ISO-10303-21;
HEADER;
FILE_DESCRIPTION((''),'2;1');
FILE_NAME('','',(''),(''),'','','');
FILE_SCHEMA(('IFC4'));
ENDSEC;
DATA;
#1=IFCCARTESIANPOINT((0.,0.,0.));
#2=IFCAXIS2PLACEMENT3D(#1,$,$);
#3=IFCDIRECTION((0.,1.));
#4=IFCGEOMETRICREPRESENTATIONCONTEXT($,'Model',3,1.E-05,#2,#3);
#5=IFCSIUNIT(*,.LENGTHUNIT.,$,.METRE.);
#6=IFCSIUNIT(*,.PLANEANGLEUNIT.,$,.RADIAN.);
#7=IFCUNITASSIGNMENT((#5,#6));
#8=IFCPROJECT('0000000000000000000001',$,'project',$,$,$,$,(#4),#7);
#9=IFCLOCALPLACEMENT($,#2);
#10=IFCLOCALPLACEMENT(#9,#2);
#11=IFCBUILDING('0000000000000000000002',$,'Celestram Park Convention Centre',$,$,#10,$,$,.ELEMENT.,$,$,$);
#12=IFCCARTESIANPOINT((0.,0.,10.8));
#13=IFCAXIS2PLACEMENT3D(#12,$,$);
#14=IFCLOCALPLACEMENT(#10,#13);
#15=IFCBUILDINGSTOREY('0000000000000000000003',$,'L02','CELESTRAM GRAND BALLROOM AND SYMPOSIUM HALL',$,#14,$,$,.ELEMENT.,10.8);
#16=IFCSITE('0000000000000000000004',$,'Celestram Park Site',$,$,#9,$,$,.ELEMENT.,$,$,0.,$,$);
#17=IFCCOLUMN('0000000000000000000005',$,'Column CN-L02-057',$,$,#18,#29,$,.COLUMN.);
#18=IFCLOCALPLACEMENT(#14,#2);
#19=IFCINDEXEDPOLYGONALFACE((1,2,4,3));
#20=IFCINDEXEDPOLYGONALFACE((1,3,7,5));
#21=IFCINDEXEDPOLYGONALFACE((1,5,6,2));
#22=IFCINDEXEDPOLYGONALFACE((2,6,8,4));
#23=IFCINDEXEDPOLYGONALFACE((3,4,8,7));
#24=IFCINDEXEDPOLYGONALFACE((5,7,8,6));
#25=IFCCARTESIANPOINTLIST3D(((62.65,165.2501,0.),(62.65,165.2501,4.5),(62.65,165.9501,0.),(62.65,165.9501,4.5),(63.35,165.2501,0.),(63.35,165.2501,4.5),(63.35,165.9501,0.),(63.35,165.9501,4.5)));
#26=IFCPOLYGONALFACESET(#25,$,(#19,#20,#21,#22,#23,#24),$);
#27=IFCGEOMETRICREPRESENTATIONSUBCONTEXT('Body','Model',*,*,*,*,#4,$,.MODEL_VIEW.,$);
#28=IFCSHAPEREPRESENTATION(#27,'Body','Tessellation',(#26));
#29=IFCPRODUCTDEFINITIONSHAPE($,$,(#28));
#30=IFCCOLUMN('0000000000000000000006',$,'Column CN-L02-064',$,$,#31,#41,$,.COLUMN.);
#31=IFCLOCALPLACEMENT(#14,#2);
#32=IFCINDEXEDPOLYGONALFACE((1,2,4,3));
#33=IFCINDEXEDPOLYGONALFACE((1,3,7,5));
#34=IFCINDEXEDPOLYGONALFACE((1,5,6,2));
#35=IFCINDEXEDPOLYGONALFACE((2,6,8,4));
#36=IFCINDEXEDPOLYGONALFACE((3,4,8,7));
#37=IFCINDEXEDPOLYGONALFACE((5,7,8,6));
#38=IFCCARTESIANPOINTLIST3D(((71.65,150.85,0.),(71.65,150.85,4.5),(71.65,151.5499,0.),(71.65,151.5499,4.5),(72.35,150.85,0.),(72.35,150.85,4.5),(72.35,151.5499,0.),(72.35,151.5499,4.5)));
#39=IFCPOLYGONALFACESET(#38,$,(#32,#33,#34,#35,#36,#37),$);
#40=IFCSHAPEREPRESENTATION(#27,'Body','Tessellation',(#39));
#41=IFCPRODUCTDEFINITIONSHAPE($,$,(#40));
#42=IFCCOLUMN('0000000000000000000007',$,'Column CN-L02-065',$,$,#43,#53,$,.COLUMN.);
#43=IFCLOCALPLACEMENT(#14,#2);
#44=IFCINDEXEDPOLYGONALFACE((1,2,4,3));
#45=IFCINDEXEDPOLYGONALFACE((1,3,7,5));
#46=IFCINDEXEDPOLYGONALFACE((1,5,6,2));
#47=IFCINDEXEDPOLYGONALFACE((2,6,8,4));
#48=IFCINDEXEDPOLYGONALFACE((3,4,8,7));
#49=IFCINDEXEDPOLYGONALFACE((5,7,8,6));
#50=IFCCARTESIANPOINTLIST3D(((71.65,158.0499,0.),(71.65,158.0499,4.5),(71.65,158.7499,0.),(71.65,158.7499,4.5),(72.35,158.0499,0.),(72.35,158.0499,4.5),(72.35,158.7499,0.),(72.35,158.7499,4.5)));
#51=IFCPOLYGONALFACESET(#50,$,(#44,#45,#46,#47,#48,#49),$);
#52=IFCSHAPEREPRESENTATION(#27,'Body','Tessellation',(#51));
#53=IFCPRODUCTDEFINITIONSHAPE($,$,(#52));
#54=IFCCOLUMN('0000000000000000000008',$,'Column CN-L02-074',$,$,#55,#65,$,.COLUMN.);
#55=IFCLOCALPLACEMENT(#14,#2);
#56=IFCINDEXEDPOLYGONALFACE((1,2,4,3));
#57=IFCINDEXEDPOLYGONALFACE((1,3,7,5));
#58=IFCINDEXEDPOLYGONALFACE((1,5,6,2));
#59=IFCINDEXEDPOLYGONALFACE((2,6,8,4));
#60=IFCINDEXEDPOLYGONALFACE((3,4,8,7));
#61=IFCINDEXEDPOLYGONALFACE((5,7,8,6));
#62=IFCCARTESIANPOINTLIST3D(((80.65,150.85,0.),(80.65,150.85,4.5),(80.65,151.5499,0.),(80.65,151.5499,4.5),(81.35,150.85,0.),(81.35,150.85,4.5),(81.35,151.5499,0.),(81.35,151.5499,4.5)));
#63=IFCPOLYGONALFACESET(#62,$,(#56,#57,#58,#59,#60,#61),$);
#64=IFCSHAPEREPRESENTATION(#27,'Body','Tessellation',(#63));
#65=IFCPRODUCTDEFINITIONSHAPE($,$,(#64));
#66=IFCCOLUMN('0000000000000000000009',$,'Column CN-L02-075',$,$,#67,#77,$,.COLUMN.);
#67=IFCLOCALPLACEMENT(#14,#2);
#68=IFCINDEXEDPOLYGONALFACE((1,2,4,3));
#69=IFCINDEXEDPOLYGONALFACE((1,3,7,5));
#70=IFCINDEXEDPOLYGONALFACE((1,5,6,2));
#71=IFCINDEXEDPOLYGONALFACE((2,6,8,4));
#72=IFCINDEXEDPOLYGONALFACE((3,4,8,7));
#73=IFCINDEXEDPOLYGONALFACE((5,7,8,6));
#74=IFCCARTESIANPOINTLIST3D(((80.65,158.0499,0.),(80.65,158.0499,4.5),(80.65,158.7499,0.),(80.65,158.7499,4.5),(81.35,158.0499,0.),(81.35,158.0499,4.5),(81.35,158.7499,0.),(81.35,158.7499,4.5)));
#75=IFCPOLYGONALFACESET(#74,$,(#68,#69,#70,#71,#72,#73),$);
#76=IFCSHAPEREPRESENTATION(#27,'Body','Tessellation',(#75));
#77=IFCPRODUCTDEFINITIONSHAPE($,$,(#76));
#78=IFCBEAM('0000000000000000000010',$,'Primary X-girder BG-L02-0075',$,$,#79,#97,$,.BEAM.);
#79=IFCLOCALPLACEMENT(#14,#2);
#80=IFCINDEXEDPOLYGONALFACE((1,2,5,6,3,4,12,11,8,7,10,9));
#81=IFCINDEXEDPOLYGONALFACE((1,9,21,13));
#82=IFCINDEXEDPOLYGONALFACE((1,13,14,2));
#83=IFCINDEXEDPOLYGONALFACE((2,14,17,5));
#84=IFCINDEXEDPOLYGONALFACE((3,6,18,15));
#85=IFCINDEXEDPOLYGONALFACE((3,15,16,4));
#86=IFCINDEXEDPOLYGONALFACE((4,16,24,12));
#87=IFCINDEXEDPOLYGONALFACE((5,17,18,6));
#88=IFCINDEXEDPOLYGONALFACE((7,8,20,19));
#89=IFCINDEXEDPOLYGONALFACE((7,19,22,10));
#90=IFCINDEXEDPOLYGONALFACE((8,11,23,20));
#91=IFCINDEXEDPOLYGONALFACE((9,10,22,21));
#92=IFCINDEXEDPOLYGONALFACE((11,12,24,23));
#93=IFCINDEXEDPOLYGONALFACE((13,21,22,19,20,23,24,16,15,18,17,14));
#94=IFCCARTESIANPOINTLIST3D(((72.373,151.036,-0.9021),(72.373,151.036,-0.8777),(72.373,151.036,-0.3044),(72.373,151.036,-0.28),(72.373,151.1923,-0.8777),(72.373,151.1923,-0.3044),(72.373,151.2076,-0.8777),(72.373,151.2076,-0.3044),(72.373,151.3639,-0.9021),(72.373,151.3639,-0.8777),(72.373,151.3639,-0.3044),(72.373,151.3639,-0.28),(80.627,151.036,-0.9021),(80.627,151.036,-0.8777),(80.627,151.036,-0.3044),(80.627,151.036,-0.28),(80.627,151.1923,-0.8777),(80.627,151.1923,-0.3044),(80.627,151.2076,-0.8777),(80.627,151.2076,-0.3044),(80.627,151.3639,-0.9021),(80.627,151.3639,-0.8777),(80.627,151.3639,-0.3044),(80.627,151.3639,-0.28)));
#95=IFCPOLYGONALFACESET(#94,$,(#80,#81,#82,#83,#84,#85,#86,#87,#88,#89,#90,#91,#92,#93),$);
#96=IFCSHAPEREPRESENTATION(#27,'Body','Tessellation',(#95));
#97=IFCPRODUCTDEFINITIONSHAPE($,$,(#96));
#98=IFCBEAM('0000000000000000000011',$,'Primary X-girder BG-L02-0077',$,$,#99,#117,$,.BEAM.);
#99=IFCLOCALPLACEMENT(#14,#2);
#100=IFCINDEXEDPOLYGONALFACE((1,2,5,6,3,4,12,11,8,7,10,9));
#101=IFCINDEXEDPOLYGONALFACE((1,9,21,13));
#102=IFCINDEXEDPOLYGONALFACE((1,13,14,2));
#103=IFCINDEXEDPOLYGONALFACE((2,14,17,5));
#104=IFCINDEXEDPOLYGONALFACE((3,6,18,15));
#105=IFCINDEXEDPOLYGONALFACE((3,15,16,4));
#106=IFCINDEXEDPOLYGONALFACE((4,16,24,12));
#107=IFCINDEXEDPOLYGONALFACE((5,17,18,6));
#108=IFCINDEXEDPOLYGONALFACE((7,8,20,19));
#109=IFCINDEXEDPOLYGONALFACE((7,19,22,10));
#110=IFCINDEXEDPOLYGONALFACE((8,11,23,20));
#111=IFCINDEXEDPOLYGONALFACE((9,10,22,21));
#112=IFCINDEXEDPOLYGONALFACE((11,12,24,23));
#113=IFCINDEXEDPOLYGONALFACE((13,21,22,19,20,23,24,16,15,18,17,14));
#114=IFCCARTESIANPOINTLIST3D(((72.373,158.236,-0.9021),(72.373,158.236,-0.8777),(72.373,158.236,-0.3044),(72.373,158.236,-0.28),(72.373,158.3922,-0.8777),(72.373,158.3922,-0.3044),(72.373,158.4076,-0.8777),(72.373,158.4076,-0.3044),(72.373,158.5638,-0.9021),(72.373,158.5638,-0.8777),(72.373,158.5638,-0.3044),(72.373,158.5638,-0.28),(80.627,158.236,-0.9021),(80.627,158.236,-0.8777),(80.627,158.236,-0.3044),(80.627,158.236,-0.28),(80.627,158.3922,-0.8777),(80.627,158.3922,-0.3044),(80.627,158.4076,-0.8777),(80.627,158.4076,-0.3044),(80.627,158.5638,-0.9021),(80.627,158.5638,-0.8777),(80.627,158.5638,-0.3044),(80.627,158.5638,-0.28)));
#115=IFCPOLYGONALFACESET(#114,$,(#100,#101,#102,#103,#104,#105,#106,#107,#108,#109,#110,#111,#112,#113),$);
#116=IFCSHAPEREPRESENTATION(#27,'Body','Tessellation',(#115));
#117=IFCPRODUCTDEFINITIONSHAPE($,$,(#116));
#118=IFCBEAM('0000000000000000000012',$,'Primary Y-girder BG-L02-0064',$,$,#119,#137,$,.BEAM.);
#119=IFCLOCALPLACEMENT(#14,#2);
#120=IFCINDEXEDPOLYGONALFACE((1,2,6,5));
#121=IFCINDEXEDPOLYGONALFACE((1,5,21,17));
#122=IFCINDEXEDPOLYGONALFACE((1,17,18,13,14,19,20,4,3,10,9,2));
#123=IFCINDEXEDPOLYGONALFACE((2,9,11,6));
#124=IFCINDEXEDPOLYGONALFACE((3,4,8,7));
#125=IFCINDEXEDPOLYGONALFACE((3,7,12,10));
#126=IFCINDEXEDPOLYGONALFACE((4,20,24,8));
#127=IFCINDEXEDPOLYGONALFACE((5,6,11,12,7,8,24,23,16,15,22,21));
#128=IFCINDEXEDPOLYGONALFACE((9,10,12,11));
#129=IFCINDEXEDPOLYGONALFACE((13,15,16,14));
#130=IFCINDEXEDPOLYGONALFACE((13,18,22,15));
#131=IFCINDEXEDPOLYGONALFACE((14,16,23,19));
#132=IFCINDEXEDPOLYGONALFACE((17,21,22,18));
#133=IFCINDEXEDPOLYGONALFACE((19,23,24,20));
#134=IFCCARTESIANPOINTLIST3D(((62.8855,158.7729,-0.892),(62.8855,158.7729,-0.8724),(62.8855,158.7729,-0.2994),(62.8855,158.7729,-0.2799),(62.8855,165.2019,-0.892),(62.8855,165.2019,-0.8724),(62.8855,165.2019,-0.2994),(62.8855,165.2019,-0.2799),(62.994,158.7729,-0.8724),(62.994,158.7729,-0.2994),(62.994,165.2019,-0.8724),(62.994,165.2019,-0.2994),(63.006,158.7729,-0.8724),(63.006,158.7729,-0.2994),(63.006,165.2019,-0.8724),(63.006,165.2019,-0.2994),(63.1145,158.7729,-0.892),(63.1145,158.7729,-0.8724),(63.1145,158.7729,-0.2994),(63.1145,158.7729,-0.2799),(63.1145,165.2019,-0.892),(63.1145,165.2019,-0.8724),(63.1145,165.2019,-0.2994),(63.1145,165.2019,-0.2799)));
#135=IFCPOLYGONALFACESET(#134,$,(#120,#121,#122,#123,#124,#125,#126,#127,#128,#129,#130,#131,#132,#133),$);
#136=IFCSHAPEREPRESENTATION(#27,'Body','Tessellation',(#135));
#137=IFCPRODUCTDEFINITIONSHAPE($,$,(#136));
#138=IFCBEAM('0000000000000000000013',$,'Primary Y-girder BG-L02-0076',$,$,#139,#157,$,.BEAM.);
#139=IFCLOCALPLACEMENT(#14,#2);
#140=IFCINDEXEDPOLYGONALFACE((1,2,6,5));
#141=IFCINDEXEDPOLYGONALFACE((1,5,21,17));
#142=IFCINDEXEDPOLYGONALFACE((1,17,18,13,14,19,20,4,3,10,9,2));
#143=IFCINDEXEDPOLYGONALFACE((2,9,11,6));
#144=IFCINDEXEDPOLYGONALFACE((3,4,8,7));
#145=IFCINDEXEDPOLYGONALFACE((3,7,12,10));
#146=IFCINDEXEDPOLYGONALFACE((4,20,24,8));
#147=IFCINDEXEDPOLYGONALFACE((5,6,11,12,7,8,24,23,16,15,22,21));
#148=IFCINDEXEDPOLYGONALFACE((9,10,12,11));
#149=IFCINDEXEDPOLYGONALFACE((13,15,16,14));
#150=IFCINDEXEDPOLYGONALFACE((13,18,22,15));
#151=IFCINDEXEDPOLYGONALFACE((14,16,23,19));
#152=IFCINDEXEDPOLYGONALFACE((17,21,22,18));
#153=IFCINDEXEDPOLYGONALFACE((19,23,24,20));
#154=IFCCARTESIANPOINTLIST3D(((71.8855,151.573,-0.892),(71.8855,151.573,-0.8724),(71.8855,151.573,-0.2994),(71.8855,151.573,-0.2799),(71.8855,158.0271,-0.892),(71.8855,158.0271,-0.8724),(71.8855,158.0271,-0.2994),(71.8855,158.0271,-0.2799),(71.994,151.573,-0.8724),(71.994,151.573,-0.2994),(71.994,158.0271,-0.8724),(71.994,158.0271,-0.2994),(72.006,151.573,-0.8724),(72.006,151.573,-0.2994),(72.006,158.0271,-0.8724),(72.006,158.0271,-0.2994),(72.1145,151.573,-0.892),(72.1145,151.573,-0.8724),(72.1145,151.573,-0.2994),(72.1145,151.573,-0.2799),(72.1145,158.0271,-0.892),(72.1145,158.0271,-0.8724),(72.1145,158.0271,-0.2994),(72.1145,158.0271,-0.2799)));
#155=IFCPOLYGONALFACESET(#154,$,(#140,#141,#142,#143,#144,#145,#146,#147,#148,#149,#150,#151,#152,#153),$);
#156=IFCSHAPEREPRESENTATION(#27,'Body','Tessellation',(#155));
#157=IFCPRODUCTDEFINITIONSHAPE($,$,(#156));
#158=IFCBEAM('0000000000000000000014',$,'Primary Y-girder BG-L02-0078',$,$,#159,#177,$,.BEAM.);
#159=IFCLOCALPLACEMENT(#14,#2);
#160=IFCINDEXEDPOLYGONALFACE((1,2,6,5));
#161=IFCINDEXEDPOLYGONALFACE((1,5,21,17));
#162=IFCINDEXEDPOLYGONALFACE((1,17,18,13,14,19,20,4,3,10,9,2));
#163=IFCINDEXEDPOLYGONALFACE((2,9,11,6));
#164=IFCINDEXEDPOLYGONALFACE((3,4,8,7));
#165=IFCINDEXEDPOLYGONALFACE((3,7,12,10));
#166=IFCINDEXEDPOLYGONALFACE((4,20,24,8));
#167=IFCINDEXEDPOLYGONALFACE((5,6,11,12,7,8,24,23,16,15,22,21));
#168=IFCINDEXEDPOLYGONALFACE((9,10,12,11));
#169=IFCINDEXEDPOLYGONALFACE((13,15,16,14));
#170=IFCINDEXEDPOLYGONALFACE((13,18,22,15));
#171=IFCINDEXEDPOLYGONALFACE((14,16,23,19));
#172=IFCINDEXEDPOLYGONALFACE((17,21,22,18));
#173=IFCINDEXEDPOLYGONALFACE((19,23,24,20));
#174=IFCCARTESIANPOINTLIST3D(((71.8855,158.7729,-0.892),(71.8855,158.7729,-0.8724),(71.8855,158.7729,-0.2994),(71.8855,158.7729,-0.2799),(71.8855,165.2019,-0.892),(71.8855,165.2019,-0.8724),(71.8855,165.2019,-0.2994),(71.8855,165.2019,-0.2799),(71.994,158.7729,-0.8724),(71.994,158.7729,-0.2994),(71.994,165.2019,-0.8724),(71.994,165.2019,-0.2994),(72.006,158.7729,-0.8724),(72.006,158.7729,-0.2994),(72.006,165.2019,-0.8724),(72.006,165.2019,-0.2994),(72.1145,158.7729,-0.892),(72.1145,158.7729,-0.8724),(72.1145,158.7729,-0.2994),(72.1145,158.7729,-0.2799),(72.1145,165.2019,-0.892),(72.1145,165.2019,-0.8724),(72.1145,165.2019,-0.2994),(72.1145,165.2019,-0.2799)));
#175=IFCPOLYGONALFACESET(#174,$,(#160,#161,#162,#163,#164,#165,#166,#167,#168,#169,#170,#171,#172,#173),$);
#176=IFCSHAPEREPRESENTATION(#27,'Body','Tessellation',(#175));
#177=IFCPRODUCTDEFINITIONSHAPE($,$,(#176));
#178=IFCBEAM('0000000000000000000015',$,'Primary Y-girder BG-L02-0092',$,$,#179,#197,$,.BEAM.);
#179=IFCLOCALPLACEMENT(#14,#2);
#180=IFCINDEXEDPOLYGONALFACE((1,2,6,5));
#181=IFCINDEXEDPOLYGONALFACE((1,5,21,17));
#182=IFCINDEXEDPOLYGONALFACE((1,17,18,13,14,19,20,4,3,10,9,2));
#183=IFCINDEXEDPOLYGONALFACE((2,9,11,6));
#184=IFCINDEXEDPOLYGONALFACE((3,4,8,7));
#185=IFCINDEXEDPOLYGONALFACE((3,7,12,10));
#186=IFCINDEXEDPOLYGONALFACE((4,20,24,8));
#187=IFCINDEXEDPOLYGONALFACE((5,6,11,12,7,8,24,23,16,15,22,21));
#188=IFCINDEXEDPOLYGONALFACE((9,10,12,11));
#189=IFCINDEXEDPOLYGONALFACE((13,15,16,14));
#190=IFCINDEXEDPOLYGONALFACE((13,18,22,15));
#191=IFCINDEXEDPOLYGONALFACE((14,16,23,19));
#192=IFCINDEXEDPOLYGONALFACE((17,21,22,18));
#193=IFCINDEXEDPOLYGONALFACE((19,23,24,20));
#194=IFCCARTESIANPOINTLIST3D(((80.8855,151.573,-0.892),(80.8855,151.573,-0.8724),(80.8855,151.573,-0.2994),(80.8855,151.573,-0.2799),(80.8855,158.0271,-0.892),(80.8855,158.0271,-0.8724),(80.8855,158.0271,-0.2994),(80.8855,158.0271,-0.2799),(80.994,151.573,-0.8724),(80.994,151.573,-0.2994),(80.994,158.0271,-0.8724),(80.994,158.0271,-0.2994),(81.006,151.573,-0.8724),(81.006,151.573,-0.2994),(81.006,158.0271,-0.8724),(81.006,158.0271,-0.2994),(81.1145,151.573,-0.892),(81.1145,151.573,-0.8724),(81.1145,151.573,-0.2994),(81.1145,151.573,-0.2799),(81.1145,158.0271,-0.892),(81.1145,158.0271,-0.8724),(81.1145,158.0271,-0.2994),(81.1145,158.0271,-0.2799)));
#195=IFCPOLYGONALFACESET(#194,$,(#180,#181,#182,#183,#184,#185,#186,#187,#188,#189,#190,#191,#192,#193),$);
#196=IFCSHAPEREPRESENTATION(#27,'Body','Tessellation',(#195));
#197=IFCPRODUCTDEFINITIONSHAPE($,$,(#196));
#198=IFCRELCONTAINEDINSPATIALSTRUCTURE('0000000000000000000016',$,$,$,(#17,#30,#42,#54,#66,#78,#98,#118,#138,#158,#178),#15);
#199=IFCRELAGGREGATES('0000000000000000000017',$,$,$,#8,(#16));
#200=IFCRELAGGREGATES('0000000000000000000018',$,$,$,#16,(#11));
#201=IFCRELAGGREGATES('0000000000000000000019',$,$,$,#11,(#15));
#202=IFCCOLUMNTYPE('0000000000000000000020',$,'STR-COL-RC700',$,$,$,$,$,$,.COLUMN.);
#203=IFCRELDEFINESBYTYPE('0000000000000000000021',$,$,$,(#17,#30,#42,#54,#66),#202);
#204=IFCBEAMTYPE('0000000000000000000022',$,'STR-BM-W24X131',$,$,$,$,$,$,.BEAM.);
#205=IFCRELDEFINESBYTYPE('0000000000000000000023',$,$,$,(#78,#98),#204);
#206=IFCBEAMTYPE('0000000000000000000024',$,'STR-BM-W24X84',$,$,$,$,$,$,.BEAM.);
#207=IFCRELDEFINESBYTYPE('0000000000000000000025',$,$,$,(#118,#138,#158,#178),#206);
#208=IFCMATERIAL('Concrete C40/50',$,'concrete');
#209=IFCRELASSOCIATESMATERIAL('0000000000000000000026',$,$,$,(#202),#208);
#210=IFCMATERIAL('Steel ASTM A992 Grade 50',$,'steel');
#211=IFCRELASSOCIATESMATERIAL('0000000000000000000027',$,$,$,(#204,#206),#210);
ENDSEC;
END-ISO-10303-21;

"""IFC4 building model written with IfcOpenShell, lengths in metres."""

from ifc_helpers import new_model, si_unit, direction, frame, origin, origin_2d, place, context, subcontext, project, spatial, rectangle, i_section, extrude, material, material_profile, profile_set, type_object, element, save


model = new_model("IFC4")

# Units and contexts
model_context = context("Model", 3, precision=1e-05, world=origin(), true_north=direction((0.0, 1.0)))
body_context = subcontext(model_context, "Body", "Model", "MODEL_VIEW")
ifc_project = project(units=[si_unit("LENGTHUNIT", "METRE"), si_unit("PLANEANGLEUNIT", "RADIAN")], contexts=[model_context])

# Site, building, storey
site_placement = place(None, origin())
site = spatial("IfcSite", under=ifc_project, at=site_placement, Name="Celestram Park Site", CompositionType="ELEMENT", RefElevation=0.0)
building_placement = place(site_placement, origin())
building = spatial("IfcBuilding", under=site, at=building_placement, Name="Celestram Park Convention Centre", CompositionType="ELEMENT")
storey_placement = place(building_placement, frame((0.0, 0.0, 10.8)))
storey = spatial("IfcBuildingStorey", under=building, at=storey_placement, Name="L02", Description="CELESTRAM GRAND BALLROOM AND SYMPOSIUM HALL", CompositionType="ELEMENT", Elevation=10.8)

# Columns
ifc_material_1 = material(Name="Concrete C40/50", Category="concrete")
ifc_material_profile_1 = material_profile(ifc_material_1, rectangle(XDim=0.7, YDim=0.7, at=origin_2d()), Name="RC700X700")
ifc_profile_set_1 = profile_set([ifc_material_profile_1], Name="Concrete C40/50")
column_type = type_object("IfcColumnType", Name="STR-COL-RC700", PredefinedType="COLUMN", material=ifc_profile_set_1)
for number, where, z_axis, x_axis, name in (
    (1, (63.0, 165.6001, 0.0), (0.0, 0.0, 1.0), (1.0, 0.0, 0.0), "Column CN-L02-057"),
    (2, (72.0, 151.2, 0.0), (0.0, 0.0, 1.0), (1.0, 0.0, 0.0), "Column CN-L02-064"),
    (3, (72.0, 158.3999, 0.0), (0.0, 0.0, 1.0), (1.0, 0.0, 0.0), "Column CN-L02-065"),
    (4, (81.0, 151.2, 0.0), (0.0, 0.0, 1.0), (1.0, 0.0, 0.0), "Column CN-L02-074"),
    (5, (81.0, 158.3999, 0.0), (0.0, 0.0, 1.0), (1.0, 0.0, 0.0), "Column CN-L02-075"),
):
    element("IfcColumn", number, at=place(storey_placement, frame(where, z_axis=z_axis, x_axis=x_axis)), inside=storey, type_object=column_type, Name=name, PredefinedType="COLUMN", context=body_context, shape_type="SweptSolid", body=[
        extrude(rectangle(XDim=0.7, YDim=0.7, at=origin_2d()), origin(), (0.0, 0.0, 1.0), 4.5),
    ])

# Beams
ifc_material_2 = material(Name="Steel ASTM A992 Grade 50", Category="steel")
ifc_material_profile_2 = material_profile(ifc_material_2, i_section(OverallWidth=0.3279, OverallDepth=0.6221, WebThickness=0.0154, FlangeThickness=0.0244, at=origin_2d()), Name="W24X131")
ifc_profile_set_2 = profile_set([ifc_material_profile_2], Name="Steel ASTM A992 Grade 50")
beam_type_1 = type_object("IfcBeamType", Name="STR-BM-W24X131", PredefinedType="BEAM", material=ifc_profile_set_2)
for number, where, z_axis, x_axis, name in (
    (6, (72.373, 151.2, -0.5911), (1.0, 0.0, 0.0), (0.0, 1.0, 0.0), "Primary X-girder BG-L02-0075"),
    (7, (72.373, 158.3999, -0.5911), (1.0, 0.0, 0.0), (0.0, 1.0, 0.0), "Primary X-girder BG-L02-0077"),
):
    element("IfcBeam", number, at=place(storey_placement, frame(where, z_axis=z_axis, x_axis=x_axis)), inside=storey, type_object=beam_type_1, Name=name, PredefinedType="BEAM", context=body_context, shape_type="SweptSolid", body=[
        extrude(i_section(OverallWidth=0.3279, OverallDepth=0.6221, WebThickness=0.0154, FlangeThickness=0.0244, at=origin_2d()), origin(), (0.0, 0.0, 1.0), 8.2539),
    ])
ifc_material_profile_3 = material_profile(ifc_material_2, i_section(OverallWidth=0.229, OverallDepth=0.6121, WebThickness=0.012, FlangeThickness=0.0195, at=origin_2d()), Name="W24X84")
ifc_profile_set_3 = profile_set([ifc_material_profile_3], Name="Steel ASTM A992 Grade 50")
beam_type_2 = type_object("IfcBeamType", Name="STR-BM-W24X84", PredefinedType="BEAM", material=ifc_profile_set_3)
beam_1_placement = place(storey_placement, frame((63.0, 158.7729, -0.5859), z_axis=(0.0, 1.0, 0.0), x_axis=(-1.0, 0.0, 0.0)))
element("IfcBeam", 8, at=beam_1_placement, inside=storey, type_object=beam_type_2, Name="Primary Y-girder BG-L02-0064", PredefinedType="BEAM", context=body_context, shape_type="SweptSolid", body=[
    extrude(i_section(OverallWidth=0.229, OverallDepth=0.6121, WebThickness=0.012, FlangeThickness=0.0195, at=origin_2d()), origin(), (0.0, 0.0, 1.0), 6.429),
])
beam_2_placement = place(storey_placement, frame((72.0, 151.573, -0.5859), z_axis=(0.0, 1.0, 0.0), x_axis=(-1.0, 0.0, 0.0)))
element("IfcBeam", 9, at=beam_2_placement, inside=storey, type_object=beam_type_2, Name="Primary Y-girder BG-L02-0076", PredefinedType="BEAM", context=body_context, shape_type="SweptSolid", body=[
    extrude(i_section(OverallWidth=0.229, OverallDepth=0.6121, WebThickness=0.012, FlangeThickness=0.0195, at=origin_2d()), origin(), (0.0, 0.0, 1.0), 6.4541),
])
beam_3_placement = place(storey_placement, frame((72.0, 158.7729, -0.5859), z_axis=(0.0, 1.0, 0.0), x_axis=(-1.0, 0.0, 0.0)))
element("IfcBeam", 10, at=beam_3_placement, inside=storey, type_object=beam_type_2, Name="Primary Y-girder BG-L02-0078", PredefinedType="BEAM", context=body_context, shape_type="SweptSolid", body=[
    extrude(i_section(OverallWidth=0.229, OverallDepth=0.6121, WebThickness=0.012, FlangeThickness=0.0195, at=origin_2d()), origin(), (0.0, 0.0, 1.0), 6.429),
])
beam_4_placement = place(storey_placement, frame((81.0, 151.573, -0.5859), z_axis=(0.0, 1.0, 0.0), x_axis=(-1.0, 0.0, 0.0)))
element("IfcBeam", 11, at=beam_4_placement, inside=storey, type_object=beam_type_2, Name="Primary Y-girder BG-L02-0092", PredefinedType="BEAM", context=body_context, shape_type="SweptSolid", body=[
    extrude(i_section(OverallWidth=0.229, OverallDepth=0.6121, WebThickness=0.012, FlangeThickness=0.0195, at=origin_2d()), origin(), (0.0, 0.0, 1.0), 6.4541),
])

save(model, "model.ifc")
